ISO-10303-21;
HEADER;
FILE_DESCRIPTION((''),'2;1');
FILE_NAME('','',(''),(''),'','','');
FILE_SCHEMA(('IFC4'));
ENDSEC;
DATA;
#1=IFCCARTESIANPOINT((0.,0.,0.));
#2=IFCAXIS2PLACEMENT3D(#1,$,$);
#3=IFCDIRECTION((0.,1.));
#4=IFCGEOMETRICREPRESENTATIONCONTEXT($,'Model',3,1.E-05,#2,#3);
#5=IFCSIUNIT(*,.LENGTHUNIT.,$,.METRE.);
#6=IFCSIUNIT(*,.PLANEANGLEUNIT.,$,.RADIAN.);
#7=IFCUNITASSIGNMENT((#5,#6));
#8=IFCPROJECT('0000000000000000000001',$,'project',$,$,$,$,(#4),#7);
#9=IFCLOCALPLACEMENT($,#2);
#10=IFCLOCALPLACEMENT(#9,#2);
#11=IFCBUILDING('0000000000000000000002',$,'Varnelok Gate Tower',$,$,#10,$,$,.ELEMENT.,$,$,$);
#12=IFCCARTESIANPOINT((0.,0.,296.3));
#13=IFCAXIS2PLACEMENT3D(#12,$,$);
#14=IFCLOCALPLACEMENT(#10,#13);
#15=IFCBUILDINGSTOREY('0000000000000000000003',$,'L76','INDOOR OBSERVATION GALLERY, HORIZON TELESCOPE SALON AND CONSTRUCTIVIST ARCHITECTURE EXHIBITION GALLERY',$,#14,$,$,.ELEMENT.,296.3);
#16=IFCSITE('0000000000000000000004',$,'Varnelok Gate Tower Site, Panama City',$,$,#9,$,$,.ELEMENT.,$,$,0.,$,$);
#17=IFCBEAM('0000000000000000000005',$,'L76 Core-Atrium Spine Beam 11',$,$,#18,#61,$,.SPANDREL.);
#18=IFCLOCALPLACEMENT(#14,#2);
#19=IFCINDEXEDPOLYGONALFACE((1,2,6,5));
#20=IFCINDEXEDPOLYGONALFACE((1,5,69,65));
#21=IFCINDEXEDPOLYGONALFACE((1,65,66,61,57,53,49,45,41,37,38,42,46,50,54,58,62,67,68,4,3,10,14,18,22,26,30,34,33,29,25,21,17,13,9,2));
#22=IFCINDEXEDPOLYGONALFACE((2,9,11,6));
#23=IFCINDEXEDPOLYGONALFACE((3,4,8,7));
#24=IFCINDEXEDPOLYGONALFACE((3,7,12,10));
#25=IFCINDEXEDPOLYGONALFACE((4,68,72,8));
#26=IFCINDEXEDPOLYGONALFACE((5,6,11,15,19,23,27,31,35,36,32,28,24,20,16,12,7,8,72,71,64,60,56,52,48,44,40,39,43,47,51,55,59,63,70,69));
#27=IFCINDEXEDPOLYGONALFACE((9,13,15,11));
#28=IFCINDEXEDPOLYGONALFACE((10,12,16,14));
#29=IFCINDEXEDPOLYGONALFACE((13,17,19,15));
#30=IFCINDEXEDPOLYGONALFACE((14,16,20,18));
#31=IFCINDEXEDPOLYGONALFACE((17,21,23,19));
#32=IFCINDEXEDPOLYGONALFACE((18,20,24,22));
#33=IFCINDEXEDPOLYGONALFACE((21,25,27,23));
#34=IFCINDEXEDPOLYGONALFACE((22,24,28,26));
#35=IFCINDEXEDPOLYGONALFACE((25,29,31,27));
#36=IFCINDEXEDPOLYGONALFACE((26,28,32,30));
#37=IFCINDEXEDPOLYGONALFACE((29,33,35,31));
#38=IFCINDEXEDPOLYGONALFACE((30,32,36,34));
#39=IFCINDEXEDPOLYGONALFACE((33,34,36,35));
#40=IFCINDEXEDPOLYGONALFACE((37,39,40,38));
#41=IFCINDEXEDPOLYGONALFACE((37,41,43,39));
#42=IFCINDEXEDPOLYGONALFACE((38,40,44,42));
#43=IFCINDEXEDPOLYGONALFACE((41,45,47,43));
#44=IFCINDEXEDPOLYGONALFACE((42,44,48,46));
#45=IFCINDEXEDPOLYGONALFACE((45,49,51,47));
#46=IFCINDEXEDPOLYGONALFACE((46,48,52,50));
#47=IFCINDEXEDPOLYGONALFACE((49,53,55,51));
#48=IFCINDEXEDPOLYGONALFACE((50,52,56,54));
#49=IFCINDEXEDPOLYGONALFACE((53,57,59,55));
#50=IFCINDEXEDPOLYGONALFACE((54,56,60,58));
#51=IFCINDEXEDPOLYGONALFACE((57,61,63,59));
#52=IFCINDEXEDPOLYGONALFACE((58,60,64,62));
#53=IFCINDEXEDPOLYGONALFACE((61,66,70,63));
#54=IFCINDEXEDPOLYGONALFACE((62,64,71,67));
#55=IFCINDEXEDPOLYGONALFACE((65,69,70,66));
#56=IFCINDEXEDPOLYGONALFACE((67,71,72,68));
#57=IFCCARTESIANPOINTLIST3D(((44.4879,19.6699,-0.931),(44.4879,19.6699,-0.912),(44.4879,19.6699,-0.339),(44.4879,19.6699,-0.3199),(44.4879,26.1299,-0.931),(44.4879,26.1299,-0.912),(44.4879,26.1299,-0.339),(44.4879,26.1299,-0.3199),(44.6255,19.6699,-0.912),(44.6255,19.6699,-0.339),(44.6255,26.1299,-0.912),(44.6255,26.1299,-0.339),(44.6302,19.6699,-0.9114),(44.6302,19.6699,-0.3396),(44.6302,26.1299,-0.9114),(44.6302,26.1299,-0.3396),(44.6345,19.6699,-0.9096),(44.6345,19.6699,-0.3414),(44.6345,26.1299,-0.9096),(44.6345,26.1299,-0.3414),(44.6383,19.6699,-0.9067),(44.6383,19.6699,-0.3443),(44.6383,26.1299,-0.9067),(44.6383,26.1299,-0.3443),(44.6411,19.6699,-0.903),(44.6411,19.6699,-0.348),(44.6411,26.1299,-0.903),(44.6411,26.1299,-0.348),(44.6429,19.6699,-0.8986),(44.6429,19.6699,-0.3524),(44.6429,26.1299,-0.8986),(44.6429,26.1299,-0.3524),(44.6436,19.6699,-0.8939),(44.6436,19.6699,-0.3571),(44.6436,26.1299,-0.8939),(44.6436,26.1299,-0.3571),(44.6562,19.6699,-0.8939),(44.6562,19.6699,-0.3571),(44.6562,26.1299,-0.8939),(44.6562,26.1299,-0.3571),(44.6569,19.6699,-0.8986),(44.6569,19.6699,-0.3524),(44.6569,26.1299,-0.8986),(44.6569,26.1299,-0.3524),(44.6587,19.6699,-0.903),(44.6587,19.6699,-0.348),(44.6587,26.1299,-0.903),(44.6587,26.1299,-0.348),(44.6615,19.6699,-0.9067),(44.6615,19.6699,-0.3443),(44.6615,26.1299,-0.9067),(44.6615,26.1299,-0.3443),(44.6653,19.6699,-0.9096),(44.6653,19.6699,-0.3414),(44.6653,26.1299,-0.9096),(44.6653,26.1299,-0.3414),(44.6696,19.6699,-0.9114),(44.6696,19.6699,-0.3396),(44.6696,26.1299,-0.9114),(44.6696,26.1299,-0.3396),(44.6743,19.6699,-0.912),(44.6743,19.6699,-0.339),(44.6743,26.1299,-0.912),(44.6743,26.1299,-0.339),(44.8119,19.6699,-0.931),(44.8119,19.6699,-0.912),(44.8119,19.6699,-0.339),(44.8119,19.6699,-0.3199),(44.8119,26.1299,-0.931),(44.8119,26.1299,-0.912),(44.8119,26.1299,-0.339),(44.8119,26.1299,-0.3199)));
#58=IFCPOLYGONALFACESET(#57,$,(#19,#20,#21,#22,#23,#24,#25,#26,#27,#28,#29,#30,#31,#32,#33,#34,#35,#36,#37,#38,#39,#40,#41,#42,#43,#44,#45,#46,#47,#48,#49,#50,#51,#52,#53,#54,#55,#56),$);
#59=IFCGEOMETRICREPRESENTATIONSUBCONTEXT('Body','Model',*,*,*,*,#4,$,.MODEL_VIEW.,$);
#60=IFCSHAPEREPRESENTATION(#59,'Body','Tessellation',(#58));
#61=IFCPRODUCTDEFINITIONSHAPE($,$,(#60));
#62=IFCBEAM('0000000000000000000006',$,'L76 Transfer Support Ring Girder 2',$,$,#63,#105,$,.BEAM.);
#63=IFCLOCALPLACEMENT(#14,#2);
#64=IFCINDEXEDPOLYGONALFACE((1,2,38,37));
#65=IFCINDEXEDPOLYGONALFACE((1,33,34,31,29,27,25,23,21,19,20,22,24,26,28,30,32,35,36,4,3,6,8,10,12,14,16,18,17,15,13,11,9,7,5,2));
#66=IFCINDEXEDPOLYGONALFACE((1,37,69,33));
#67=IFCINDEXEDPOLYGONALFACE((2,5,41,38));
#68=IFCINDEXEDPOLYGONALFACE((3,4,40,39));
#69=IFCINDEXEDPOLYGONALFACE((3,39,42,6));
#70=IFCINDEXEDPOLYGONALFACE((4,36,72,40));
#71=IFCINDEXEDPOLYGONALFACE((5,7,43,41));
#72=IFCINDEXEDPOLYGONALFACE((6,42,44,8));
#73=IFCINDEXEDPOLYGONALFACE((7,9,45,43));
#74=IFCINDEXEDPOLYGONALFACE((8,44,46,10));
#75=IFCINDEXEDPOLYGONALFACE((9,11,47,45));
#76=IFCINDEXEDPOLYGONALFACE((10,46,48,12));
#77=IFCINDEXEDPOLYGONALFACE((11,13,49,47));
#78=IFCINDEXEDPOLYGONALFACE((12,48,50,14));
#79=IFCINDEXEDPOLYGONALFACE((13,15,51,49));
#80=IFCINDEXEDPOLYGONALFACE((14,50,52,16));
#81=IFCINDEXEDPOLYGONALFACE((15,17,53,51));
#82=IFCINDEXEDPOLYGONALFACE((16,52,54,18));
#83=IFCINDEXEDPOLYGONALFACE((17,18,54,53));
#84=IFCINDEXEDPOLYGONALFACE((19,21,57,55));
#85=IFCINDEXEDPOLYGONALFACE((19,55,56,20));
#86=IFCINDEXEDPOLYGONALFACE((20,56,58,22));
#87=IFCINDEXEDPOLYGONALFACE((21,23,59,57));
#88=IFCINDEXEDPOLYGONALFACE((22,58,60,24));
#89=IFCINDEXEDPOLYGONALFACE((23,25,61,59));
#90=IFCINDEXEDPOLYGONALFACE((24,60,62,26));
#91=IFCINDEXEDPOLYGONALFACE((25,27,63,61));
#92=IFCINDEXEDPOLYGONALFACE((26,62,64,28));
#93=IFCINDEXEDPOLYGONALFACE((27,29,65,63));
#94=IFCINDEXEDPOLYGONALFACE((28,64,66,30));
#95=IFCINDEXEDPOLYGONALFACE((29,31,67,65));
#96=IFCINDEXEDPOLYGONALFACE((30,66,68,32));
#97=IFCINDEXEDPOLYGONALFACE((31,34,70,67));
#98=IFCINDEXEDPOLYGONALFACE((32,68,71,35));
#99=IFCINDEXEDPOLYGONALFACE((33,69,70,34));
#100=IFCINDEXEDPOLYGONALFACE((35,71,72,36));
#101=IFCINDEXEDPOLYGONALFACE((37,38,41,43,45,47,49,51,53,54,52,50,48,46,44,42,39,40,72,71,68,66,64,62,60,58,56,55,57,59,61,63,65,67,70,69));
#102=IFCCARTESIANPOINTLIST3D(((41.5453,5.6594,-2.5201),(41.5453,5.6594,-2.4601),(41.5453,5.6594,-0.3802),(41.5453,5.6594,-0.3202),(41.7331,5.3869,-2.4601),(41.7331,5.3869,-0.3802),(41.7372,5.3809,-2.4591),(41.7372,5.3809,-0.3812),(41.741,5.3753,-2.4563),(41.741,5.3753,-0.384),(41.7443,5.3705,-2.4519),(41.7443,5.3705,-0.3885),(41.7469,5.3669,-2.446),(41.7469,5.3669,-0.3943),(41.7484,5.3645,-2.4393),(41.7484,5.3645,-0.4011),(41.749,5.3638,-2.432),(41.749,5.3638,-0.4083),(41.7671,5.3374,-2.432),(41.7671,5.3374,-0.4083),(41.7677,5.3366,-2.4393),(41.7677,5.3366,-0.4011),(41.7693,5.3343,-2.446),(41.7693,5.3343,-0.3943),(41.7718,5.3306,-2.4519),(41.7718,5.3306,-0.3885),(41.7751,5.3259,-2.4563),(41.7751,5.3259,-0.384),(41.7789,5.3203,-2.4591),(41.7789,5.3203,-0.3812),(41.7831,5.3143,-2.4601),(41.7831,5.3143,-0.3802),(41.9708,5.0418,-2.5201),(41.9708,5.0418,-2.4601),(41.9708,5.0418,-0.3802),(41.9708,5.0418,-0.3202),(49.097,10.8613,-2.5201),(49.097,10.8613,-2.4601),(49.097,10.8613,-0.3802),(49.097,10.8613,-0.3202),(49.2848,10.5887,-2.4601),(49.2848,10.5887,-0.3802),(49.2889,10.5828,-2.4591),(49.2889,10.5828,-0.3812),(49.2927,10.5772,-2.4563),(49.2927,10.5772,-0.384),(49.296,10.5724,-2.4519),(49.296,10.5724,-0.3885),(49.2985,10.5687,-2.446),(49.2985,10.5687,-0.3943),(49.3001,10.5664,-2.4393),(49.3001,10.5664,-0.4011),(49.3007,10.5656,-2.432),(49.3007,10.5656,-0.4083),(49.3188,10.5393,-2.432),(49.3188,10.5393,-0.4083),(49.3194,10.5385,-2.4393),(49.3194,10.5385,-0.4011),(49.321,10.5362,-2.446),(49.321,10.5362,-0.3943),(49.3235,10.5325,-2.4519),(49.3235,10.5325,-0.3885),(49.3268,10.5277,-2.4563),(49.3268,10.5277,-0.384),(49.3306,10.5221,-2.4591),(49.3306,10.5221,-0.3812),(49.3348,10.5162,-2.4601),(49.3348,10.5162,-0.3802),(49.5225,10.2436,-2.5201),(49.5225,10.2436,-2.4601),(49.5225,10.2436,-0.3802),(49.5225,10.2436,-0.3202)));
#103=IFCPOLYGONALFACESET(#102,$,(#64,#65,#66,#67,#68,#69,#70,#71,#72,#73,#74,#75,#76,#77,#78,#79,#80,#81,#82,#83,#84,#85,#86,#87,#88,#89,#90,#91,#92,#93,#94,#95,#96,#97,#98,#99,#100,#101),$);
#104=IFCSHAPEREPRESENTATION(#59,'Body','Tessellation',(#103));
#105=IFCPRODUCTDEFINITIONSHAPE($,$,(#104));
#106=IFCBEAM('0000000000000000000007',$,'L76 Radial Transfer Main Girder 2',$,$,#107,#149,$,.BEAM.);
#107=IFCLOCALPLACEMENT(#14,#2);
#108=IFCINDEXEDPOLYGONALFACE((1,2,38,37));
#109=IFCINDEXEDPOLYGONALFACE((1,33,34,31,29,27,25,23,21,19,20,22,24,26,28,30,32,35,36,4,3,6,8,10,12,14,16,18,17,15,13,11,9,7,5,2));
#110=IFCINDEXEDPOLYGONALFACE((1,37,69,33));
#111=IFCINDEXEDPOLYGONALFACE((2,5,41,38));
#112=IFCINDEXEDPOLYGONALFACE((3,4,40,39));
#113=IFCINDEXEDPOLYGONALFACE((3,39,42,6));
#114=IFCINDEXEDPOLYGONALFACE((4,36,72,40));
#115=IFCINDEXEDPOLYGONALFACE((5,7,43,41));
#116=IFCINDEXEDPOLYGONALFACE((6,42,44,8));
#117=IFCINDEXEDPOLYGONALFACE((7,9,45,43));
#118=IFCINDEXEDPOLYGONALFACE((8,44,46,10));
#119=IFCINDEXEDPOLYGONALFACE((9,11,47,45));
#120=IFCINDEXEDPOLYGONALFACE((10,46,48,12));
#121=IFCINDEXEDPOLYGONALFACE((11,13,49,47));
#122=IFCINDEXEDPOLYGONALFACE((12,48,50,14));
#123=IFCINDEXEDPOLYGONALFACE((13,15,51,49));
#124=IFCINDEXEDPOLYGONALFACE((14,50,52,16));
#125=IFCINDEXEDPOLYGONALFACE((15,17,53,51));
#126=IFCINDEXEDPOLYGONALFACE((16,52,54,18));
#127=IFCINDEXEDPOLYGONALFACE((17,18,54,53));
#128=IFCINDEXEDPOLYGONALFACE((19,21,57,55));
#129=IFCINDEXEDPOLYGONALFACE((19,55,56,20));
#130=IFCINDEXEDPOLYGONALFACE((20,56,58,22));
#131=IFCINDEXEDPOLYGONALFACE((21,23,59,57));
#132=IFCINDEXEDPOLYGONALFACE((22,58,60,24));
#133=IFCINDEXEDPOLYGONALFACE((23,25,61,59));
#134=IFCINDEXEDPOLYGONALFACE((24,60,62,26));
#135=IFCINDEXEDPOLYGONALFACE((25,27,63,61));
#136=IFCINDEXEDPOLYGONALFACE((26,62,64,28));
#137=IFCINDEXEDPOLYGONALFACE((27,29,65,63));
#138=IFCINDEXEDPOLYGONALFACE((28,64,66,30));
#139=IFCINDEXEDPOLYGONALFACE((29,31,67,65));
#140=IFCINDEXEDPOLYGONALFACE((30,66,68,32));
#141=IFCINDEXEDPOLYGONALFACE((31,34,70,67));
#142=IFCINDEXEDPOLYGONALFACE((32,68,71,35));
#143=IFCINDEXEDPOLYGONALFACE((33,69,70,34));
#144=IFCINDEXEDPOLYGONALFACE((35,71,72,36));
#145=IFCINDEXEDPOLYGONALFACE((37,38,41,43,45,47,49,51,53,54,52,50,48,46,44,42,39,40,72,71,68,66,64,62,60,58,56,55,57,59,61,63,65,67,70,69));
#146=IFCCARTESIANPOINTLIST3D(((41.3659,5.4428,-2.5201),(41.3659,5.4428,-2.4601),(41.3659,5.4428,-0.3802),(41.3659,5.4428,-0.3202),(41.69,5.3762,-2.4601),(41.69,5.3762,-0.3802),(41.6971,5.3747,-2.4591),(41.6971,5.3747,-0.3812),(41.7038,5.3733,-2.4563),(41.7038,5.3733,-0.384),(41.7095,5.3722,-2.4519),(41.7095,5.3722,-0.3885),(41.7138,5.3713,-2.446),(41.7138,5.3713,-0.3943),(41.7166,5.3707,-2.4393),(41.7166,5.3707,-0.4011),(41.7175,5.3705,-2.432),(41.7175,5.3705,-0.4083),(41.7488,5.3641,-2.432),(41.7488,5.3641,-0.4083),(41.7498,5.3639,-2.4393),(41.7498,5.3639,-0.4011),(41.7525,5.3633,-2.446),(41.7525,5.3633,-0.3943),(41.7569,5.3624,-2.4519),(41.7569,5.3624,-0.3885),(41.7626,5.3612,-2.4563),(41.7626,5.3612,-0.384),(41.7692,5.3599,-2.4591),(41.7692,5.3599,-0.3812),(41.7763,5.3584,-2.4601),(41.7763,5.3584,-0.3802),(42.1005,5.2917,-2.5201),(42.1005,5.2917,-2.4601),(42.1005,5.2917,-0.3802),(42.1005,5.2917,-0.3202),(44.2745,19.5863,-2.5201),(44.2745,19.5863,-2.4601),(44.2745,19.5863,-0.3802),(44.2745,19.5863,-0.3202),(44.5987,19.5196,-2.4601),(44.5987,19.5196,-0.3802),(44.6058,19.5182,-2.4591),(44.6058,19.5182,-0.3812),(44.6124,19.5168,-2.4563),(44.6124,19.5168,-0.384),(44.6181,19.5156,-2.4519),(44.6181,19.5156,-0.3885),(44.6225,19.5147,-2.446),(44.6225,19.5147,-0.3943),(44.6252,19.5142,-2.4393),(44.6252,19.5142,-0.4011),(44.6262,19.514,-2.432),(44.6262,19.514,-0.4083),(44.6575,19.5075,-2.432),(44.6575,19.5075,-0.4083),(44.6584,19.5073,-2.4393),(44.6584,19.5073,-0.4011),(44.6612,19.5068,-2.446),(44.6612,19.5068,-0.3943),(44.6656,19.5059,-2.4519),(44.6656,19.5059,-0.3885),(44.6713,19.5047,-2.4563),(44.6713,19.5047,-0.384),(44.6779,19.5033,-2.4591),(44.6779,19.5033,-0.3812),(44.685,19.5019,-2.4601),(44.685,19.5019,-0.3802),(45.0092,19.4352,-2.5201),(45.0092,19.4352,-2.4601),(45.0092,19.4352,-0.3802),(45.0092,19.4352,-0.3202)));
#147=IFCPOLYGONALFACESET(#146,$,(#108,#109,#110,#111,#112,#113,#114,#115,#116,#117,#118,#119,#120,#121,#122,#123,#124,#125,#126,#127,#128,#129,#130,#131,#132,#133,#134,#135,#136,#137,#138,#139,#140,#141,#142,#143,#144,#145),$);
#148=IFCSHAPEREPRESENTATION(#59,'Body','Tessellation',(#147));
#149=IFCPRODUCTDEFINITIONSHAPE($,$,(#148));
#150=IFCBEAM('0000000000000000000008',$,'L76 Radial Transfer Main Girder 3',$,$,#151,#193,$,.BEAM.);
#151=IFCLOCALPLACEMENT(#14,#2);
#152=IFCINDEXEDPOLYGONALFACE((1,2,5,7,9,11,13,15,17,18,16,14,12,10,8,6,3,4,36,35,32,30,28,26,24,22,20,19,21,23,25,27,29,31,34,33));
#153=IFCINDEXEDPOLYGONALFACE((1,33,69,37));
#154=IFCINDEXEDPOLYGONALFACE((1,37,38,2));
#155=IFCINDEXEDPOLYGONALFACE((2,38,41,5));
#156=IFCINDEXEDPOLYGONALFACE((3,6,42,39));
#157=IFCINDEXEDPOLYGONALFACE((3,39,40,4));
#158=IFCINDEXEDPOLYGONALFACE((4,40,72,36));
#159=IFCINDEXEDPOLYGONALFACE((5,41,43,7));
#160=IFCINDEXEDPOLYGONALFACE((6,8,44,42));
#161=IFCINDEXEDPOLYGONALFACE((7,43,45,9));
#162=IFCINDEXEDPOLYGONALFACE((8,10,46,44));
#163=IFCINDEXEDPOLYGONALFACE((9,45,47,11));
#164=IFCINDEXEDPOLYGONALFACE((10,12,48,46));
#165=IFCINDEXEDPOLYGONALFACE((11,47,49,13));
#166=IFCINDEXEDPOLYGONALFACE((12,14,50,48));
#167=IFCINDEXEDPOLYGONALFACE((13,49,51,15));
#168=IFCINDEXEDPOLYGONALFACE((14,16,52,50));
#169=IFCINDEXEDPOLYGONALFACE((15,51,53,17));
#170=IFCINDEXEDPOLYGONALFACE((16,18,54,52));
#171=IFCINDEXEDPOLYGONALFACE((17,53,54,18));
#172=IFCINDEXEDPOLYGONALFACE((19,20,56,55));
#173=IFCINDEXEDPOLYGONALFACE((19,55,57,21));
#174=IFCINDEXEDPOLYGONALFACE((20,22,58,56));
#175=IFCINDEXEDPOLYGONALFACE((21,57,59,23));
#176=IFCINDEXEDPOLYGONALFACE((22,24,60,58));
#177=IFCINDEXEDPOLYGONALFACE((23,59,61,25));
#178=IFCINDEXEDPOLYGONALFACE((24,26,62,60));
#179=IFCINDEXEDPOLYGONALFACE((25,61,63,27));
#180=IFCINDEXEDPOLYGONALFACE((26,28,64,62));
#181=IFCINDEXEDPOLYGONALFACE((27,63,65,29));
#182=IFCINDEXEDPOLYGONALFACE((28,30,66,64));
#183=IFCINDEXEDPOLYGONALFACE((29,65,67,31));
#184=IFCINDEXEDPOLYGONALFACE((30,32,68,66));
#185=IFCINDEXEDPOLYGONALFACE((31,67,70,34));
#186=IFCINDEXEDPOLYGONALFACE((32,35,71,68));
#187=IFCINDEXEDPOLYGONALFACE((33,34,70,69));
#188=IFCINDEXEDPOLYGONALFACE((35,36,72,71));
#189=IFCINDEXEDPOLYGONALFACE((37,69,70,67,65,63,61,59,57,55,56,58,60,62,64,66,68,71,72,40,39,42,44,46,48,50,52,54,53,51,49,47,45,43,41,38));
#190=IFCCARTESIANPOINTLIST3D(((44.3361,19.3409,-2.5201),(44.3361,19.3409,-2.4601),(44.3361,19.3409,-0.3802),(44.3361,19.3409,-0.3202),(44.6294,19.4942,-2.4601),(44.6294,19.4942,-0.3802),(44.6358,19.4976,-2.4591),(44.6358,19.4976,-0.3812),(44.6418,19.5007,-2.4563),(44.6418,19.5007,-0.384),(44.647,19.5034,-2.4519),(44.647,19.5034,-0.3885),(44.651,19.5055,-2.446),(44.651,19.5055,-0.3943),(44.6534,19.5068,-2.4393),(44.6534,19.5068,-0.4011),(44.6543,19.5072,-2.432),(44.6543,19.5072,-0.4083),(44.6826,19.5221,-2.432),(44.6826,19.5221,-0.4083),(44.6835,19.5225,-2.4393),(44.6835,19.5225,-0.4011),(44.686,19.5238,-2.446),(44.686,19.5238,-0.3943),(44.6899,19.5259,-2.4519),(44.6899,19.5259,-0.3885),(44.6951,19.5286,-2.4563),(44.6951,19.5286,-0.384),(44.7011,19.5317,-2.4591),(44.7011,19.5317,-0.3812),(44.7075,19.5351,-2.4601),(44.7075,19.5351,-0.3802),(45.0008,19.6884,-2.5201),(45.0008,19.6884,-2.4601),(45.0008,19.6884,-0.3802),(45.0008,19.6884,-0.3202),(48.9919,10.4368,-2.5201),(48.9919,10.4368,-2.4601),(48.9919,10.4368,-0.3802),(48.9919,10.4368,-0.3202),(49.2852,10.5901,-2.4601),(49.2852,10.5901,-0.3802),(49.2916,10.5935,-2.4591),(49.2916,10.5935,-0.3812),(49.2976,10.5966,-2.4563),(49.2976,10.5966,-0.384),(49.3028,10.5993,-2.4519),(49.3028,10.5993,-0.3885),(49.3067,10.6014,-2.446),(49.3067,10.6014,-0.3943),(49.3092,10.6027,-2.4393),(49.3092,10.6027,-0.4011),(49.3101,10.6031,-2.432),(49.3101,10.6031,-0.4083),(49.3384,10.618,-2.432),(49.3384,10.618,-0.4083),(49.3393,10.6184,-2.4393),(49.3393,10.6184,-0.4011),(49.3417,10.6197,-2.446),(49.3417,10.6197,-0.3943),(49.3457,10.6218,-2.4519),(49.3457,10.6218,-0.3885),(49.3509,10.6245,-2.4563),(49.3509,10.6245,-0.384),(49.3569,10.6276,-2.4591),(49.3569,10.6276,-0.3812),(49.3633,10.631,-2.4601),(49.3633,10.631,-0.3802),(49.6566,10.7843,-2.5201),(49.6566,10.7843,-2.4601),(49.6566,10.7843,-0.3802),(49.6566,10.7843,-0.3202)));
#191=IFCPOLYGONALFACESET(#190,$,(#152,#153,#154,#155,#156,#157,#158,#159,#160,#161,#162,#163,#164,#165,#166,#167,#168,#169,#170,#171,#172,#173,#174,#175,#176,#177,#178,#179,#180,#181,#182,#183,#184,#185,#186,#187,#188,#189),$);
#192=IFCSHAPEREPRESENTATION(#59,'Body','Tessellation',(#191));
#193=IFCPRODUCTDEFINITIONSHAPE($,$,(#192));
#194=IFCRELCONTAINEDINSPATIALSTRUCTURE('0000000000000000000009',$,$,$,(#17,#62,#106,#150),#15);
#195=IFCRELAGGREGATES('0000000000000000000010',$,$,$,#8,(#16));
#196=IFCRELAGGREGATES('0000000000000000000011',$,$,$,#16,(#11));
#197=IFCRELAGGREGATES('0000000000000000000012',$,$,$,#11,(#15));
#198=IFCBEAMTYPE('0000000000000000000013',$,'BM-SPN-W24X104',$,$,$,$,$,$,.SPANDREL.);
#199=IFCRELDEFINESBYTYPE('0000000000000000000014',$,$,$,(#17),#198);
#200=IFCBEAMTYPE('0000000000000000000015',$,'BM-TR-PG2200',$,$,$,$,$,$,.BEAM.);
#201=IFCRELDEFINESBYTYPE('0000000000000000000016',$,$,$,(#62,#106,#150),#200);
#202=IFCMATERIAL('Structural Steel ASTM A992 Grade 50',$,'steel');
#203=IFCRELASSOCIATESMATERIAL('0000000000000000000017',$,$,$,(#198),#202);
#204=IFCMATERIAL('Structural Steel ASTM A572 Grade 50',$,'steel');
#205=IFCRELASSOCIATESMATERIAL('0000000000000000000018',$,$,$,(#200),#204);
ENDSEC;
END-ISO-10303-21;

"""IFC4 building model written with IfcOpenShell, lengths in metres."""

from ifc_helpers import new_model, si_unit, direction, frame, origin, origin_2d, place, context, subcontext, project, spatial, i_section, extrude, material, material_profile, profile_set, type_object, element, save


model = new_model("IFC4")

# Units and contexts
model_context = context("Model", 3, precision=1e-05, world=origin(), true_north=direction((0.0, 1.0)))
body_context = subcontext(model_context, "Body", "Model", "MODEL_VIEW")
ifc_project = project(units=[si_unit("LENGTHUNIT", "METRE"), si_unit("PLANEANGLEUNIT", "RADIAN")], contexts=[model_context])

# Site, building, storey
site_placement = place(None, origin())
site = spatial("IfcSite", under=ifc_project, at=site_placement, Name="Varnelok Gate Tower Site, Panama City", CompositionType="ELEMENT", RefElevation=0.0)
building_placement = place(site_placement, origin())
building = spatial("IfcBuilding", under=site, at=building_placement, Name="Varnelok Gate Tower", CompositionType="ELEMENT")
storey_placement = place(building_placement, frame((0.0, 0.0, 296.3)))
storey = spatial("IfcBuildingStorey", under=building, at=storey_placement, Name="L76", Description="INDOOR OBSERVATION GALLERY, HORIZON TELESCOPE SALON AND CONSTRUCTIVIST ARCHITECTURE EXHIBITION GALLERY", CompositionType="ELEMENT", Elevation=296.3)

# Shared definitions
ifc_material_1 = material(Name="Structural Steel ASTM A992 Grade 50", Category="steel")

# Beams
ifc_material_profile_1 = material_profile(ifc_material_1, i_section(OverallWidth=0.324, OverallDepth=0.6111, WebThickness=0.0127, FlangeThickness=0.019, FilletRadius=0.0181, at=origin_2d()), Name="W24X104")
ifc_profile_set_1 = profile_set([ifc_material_profile_1], Name="Structural Steel ASTM A992 Grade 50")
beam_type_1 = type_object("IfcBeamType", Name="BM-SPN-W24X104", PredefinedType="SPANDREL", material=ifc_profile_set_1)
beam_1_placement = place(storey_placement, frame((44.6499, 19.6699, -0.6255), z_axis=(0.0, 1.0, 0.0), x_axis=(-1.0, 0.0, 0.0)))
element("IfcBeam", 1, at=beam_1_placement, inside=storey, type_object=beam_type_1, Name="L76 Core-Atrium Spine Beam 11", PredefinedType="SPANDREL", context=body_context, shape_type="SweptSolid", body=[
    extrude(i_section(OverallWidth=0.324, OverallDepth=0.6111, WebThickness=0.0127, FlangeThickness=0.019, FilletRadius=0.0181, at=origin_2d()), origin(), (0.0, 0.0, 1.0), 6.46),
])
ifc_material_2 = material(Name="Structural Steel ASTM A572 Grade 50", Category="steel")
ifc_material_profile_2 = material_profile(ifc_material_2, i_section(OverallWidth=0.75, OverallDepth=2.2, WebThickness=0.032, FlangeThickness=0.0601, FilletRadius=0.0281, at=origin_2d()), Name="PG2200X750")
ifc_profile_set_2 = profile_set([ifc_material_profile_2], Name="Structural Steel ASTM A572 Grade 50")
beam_type_2 = type_object("IfcBeamType", Name="BM-TR-PG2200", PredefinedType="BEAM", material=ifc_profile_set_2)
beam_2_placement = place(storey_placement, frame((41.7581, 5.3506, -1.4202), z_axis=(0.823529, 0.567274, 0.0), x_axis=(-0.567274, 0.823529, 0.0)))
element("IfcBeam", 2, at=beam_2_placement, inside=storey, type_object=beam_type_2, Name="L76 Transfer Support Ring Girder 2", PredefinedType="BEAM", context=body_context, shape_type="SweptSolid", body=[
    extrude(i_section(OverallWidth=0.75, OverallDepth=2.2, WebThickness=0.032, FlangeThickness=0.0601, FilletRadius=0.0281, at=origin_2d()), origin(), (0.0, 0.0, 1.0), 9.1699),
])
beam_3_placement = place(storey_placement, frame((44.6418, 19.5107, -1.4202), z_axis=(-0.201439, -0.979501, 0.0), x_axis=(0.979501, -0.201439, 0.0)))
element("IfcBeam", 3, at=beam_3_placement, inside=storey, type_object=beam_type_2, Name="L76 Radial Transfer Main Girder 2", PredefinedType="BEAM", context=body_context, shape_type="SweptSolid", body=[
    extrude(i_section(OverallWidth=0.75, OverallDepth=2.2, WebThickness=0.032, FlangeThickness=0.0601, FilletRadius=0.0281, at=origin_2d()), origin(), (0.0, 0.0, 1.0), 14.4395),
])
beam_4_placement = place(storey_placement, frame((44.6685, 19.5146, -1.4202), z_axis=(0.463361, -0.886169, 0.0), x_axis=(0.886169, 0.463361, 0.0)))
element("IfcBeam", 4, at=beam_4_placement, inside=storey, type_object=beam_type_2, Name="L76 Radial Transfer Main Girder 3", PredefinedType="BEAM", context=body_context, shape_type="SweptSolid", body=[
    extrude(i_section(OverallWidth=0.75, OverallDepth=2.2, WebThickness=0.032, FlangeThickness=0.0601, FilletRadius=0.0281, at=origin_2d()), origin(), (0.0, 0.0, 1.0), 10.0479),
])

save(model, "model.ifc")
